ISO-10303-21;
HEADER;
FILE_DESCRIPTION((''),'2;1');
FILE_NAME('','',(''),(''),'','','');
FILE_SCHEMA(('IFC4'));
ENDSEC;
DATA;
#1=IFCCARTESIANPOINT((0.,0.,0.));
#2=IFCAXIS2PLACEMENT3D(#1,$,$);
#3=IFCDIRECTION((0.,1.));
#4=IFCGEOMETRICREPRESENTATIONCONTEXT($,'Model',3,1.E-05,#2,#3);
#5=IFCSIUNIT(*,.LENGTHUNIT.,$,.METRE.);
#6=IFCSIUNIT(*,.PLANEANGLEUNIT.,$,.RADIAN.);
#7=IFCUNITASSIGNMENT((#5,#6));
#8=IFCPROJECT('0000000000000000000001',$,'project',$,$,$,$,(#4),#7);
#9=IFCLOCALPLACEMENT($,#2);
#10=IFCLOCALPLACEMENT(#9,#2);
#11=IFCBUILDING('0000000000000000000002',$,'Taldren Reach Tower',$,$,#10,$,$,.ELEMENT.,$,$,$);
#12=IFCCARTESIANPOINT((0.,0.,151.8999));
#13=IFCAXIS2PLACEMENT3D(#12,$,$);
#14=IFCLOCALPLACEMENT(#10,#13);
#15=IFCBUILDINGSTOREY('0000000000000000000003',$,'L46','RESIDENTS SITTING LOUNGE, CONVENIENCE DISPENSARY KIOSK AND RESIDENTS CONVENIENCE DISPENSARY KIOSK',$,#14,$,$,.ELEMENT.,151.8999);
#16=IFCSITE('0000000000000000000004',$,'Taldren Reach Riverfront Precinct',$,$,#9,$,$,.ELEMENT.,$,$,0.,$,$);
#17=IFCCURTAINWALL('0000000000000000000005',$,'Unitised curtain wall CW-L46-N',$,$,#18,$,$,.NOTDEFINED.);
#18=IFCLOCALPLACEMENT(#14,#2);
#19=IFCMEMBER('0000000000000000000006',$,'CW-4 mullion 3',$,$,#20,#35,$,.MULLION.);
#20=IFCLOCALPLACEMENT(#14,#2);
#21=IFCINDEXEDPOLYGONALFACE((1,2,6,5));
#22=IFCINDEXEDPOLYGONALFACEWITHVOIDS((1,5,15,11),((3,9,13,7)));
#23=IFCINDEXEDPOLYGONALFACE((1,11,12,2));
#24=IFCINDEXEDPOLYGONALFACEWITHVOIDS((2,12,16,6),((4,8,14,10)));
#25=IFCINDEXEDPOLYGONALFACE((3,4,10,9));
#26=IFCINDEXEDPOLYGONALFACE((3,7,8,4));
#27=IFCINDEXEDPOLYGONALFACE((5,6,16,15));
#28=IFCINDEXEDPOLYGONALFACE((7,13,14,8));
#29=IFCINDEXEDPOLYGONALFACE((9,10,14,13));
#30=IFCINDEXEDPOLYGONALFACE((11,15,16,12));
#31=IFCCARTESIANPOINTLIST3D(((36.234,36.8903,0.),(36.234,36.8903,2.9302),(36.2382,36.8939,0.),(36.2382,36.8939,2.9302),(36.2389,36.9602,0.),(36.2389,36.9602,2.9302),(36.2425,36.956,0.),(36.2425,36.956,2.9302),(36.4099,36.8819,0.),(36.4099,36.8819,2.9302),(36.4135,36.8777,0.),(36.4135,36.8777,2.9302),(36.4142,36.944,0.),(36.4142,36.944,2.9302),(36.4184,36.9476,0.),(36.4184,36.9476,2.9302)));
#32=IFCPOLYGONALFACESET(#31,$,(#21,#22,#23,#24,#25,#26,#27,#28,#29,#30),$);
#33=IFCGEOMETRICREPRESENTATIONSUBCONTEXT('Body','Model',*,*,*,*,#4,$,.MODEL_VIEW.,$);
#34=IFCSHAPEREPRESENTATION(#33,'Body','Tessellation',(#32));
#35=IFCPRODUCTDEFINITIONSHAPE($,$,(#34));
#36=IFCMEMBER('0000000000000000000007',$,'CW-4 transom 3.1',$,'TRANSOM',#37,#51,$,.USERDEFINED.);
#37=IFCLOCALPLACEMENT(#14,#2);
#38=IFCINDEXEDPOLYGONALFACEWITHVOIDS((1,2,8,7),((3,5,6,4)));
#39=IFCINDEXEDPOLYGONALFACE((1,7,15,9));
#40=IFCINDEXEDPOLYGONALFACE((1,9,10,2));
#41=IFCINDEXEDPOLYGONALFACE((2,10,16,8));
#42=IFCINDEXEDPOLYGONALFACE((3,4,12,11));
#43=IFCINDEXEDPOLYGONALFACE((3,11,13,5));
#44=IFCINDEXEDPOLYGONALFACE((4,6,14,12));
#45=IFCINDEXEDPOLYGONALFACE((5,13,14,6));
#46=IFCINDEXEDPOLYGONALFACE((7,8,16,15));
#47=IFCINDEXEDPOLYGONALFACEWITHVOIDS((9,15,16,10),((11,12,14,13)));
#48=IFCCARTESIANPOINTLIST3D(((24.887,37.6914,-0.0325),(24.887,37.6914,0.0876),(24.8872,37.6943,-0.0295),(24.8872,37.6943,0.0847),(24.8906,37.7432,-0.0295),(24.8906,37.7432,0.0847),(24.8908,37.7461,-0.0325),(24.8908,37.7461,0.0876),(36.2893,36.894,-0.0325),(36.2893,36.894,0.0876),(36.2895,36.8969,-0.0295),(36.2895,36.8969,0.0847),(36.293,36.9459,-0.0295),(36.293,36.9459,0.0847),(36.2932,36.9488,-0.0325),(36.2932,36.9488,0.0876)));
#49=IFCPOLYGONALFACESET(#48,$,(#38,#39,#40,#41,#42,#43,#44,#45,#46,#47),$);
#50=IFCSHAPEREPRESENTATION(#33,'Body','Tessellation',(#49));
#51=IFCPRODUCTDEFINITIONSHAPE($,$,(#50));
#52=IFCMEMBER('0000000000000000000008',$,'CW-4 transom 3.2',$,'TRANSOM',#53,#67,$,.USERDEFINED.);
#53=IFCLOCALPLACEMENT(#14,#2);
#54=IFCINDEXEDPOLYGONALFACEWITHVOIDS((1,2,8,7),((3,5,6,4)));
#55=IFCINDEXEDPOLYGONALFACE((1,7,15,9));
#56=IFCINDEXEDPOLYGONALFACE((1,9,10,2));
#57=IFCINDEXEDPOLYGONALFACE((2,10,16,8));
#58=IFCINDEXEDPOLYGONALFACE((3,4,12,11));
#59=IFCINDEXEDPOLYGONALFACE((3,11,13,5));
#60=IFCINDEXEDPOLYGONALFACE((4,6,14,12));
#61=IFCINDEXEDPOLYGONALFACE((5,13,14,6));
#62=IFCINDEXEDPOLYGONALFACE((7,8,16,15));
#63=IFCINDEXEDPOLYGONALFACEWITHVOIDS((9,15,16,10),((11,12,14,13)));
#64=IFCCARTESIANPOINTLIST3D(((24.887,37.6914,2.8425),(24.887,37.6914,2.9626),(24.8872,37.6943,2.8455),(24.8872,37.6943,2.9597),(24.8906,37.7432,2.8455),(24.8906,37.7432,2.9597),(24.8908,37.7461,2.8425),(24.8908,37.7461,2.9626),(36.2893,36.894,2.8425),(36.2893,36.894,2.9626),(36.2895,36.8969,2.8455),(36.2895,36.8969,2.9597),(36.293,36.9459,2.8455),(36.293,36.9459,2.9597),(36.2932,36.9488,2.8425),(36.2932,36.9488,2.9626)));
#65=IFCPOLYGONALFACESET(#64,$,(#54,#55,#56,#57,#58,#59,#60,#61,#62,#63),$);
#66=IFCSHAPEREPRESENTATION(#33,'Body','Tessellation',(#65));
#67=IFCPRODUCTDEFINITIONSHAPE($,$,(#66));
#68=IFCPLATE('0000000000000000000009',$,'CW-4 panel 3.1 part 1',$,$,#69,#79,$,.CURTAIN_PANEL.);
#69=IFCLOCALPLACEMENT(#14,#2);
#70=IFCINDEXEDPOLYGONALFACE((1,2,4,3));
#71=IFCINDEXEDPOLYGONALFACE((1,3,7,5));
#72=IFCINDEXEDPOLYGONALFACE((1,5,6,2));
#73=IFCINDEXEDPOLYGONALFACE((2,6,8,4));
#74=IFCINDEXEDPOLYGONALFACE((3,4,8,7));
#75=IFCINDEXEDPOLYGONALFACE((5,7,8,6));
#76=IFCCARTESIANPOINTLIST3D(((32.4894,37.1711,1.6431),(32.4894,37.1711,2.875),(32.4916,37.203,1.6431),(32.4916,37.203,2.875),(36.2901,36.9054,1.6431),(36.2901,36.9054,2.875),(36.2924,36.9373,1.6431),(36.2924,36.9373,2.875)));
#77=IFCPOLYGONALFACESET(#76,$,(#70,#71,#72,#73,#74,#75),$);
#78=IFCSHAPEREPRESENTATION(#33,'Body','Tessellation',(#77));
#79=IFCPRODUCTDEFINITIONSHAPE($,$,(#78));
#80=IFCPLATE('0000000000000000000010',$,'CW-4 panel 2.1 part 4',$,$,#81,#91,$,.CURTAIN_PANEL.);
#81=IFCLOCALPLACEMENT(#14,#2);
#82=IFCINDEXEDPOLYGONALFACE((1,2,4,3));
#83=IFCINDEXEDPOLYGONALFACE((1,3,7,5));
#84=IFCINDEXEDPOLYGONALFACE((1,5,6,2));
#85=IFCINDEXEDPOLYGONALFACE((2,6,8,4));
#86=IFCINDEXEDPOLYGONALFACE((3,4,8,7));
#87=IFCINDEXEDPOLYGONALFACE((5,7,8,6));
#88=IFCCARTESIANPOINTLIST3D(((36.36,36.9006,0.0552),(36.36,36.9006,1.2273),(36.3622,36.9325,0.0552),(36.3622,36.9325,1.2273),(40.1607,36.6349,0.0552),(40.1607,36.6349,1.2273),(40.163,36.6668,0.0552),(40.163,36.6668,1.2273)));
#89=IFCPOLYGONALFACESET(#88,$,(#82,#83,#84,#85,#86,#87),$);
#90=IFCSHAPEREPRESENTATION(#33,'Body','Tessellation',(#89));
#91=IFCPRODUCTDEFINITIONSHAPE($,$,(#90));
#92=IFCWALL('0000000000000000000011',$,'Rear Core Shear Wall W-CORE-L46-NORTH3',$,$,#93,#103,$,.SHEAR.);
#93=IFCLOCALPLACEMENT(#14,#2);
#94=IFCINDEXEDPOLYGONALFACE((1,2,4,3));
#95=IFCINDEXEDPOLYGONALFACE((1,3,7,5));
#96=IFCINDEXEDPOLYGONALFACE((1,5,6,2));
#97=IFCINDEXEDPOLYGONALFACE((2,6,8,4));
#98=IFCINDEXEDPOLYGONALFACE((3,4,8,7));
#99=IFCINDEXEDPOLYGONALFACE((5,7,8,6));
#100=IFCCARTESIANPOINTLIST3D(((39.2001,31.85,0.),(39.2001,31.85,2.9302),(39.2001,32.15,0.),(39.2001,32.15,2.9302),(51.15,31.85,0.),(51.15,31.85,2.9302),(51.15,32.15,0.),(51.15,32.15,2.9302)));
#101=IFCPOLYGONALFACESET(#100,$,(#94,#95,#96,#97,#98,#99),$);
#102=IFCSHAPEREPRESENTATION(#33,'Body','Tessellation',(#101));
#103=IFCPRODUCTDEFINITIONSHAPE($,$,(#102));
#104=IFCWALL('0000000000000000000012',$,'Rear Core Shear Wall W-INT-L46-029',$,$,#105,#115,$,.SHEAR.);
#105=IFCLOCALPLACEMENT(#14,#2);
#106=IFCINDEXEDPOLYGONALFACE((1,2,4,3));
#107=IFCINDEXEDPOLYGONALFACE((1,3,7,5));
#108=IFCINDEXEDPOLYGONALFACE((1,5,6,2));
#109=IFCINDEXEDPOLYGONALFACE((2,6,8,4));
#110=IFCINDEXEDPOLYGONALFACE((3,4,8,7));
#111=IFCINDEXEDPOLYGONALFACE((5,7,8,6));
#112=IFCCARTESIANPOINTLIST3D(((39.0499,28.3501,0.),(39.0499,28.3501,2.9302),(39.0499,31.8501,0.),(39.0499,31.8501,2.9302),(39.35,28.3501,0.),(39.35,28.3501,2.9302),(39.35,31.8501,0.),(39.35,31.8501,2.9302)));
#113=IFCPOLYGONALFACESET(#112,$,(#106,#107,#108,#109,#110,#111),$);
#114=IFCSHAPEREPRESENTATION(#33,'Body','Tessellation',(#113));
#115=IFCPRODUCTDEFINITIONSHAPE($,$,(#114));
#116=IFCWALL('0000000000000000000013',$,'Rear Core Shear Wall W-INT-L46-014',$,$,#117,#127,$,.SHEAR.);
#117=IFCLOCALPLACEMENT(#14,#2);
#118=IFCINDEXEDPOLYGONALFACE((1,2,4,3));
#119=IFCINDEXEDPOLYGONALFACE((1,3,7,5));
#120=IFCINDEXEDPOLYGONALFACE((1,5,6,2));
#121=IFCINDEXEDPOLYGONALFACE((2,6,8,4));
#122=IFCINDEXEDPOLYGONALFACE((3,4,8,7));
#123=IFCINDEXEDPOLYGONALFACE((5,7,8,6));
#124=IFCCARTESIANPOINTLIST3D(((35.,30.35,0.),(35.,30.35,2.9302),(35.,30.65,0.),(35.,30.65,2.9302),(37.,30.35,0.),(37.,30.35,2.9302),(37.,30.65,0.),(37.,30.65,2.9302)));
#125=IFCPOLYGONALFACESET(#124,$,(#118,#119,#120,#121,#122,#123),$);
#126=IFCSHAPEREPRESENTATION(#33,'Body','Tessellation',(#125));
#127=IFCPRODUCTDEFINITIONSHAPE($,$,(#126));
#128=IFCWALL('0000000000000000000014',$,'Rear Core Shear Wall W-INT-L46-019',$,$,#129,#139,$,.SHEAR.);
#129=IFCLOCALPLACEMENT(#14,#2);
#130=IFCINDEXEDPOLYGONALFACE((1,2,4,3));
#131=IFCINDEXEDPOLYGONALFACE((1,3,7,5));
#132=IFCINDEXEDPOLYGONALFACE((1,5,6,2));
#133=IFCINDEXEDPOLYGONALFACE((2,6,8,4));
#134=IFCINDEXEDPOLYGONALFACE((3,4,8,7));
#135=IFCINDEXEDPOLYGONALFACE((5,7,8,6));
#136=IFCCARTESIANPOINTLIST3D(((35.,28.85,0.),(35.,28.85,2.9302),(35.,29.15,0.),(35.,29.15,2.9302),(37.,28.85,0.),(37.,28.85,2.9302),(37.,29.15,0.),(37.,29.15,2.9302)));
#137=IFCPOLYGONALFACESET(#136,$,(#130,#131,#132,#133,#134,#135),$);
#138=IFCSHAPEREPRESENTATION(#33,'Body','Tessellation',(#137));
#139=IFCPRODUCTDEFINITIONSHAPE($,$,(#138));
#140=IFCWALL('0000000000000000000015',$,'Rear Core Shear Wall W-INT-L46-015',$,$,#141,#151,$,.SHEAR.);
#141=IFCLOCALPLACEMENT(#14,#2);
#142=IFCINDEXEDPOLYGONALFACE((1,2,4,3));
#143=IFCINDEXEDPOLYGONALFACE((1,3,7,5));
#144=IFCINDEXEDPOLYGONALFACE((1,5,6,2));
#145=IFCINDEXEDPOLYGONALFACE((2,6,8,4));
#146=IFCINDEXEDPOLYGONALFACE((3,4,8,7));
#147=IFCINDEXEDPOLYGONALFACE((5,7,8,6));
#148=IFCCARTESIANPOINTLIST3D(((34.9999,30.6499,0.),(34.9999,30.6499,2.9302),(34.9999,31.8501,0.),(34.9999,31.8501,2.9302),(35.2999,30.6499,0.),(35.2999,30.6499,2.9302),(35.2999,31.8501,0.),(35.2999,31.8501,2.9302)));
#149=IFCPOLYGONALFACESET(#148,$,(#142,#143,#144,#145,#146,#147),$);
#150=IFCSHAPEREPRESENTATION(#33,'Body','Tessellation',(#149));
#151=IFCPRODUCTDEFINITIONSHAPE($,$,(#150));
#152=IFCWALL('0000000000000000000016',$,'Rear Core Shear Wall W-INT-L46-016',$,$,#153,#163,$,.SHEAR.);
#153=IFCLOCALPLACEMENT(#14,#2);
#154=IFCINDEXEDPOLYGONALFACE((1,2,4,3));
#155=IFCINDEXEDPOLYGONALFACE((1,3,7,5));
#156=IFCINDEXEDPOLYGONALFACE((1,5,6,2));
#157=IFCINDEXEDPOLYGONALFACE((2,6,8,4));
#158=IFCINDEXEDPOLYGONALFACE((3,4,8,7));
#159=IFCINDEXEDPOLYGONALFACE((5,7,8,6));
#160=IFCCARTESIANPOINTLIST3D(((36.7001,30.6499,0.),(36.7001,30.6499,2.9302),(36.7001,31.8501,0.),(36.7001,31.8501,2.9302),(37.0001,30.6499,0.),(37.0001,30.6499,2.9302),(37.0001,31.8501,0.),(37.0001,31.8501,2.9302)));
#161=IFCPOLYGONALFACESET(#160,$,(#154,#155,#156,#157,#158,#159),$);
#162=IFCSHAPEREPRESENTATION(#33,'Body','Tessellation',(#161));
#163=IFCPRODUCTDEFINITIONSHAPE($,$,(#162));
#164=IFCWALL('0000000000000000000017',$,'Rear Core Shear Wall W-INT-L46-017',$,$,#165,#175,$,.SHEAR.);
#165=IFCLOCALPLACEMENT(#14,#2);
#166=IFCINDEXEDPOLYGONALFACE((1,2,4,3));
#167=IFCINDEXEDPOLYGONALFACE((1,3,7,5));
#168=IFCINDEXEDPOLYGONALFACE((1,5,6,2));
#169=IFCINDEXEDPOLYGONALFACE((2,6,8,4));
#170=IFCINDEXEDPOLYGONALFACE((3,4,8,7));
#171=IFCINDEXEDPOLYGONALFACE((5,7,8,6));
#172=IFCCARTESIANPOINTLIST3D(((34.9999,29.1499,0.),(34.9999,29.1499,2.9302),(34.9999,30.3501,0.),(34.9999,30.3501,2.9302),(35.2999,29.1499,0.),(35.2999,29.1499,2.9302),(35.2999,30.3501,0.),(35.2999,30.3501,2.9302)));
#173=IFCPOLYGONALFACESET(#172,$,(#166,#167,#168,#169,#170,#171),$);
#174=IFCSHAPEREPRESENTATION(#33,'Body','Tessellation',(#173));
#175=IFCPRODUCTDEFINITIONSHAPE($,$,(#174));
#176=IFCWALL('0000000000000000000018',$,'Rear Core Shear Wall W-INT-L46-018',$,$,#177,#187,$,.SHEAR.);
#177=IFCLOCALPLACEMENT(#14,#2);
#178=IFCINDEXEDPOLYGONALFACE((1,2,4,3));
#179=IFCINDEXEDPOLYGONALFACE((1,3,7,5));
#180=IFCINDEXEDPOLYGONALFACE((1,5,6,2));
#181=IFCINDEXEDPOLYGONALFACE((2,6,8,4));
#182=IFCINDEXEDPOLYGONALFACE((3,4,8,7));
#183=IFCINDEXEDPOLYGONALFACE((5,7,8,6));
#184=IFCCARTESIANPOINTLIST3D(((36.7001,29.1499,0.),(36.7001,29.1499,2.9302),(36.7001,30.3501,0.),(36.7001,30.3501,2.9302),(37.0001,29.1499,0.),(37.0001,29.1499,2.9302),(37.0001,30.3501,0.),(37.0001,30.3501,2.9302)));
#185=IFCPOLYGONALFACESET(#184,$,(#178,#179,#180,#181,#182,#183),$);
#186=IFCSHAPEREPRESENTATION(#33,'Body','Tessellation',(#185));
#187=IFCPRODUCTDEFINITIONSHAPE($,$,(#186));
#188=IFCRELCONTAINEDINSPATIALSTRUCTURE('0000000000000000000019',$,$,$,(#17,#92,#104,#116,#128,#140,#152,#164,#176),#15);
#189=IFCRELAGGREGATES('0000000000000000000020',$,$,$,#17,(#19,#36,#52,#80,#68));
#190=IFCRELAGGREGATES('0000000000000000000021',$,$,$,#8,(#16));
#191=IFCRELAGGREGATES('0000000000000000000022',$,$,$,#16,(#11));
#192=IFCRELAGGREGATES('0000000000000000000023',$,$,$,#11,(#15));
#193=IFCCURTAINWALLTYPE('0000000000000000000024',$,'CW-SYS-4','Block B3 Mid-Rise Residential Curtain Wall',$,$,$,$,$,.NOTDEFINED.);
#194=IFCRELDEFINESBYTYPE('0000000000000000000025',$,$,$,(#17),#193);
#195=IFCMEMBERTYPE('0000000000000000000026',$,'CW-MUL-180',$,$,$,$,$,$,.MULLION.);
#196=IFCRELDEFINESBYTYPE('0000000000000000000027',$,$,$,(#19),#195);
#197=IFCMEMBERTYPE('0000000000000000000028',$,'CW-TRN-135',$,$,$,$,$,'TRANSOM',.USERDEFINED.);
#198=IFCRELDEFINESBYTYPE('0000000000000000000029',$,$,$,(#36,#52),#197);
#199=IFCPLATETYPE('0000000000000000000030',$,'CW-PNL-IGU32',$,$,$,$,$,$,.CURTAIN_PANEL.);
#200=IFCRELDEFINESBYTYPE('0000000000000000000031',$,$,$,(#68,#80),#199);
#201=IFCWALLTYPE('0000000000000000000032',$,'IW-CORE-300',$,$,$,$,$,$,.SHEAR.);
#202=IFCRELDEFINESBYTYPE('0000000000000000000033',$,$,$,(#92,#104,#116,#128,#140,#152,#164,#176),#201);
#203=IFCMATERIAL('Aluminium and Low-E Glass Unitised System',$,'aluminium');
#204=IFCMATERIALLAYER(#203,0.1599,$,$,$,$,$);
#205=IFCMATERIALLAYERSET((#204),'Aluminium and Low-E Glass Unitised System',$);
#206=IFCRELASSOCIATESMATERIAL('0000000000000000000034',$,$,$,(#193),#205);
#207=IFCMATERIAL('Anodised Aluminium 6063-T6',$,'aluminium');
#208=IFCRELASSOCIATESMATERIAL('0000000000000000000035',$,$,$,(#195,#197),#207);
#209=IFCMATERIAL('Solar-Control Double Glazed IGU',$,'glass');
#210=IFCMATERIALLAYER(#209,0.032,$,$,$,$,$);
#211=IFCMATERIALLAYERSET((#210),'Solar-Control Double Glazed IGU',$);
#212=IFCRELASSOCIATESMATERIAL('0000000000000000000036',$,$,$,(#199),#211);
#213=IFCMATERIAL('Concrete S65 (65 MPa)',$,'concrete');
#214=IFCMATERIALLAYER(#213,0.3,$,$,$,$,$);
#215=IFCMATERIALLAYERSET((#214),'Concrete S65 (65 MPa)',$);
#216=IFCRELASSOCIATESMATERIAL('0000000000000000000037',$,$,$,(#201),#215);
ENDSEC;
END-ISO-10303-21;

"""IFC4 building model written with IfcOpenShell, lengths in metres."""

from ifc_helpers import new_model, si_unit, direction, frame, frame_2d, origin, origin_2d, place, context, subcontext, project, spatial, rectangle, hollow_rectangle, extrude, source, transform, mapped, material, layer, layer_set, material_profile, profile_set, type_object, element, aggregate, save


model = new_model("IFC4")

# Units and contexts
model_context = context("Model", 3, precision=1e-05, world=origin(), true_north=direction((0.0, 1.0)))
body_context = subcontext(model_context, "Body", "Model", "MODEL_VIEW")
ifc_project = project(units=[si_unit("LENGTHUNIT", "METRE"), si_unit("PLANEANGLEUNIT", "RADIAN")], contexts=[model_context])

# Site, building, storey
site_placement = place(None, origin())
site = spatial("IfcSite", under=ifc_project, at=site_placement, Name="Taldren Reach Riverfront Precinct", CompositionType="ELEMENT", RefElevation=0.0)
building_placement = place(site_placement, origin())
building = spatial("IfcBuilding", under=site, at=building_placement, Name="Taldren Reach Tower", CompositionType="ELEMENT")
storey_placement = place(building_placement, frame((0.0, 0.0, 151.8999)))
storey = spatial("IfcBuildingStorey", under=building, at=storey_placement, Name="L46", Description="RESIDENTS SITTING LOUNGE, CONVENIENCE DISPENSARY KIOSK AND RESIDENTS CONVENIENCE DISPENSARY KIOSK", CompositionType="ELEMENT", Elevation=151.8999)

# Curtain wall, members, plates
ifc_material_1 = material(Name="Aluminium and Low-E Glass Unitised System", Category="aluminium")
ifc_layer_1 = layer(ifc_material_1, 0.1599)
ifc_layer_set_1 = layer_set([ifc_layer_1], Name="Aluminium and Low-E Glass Unitised System")
curtain_wall_type = type_object("IfcCurtainWallType", Name="CW-SYS-4", Description="Block B3 Mid-Rise Residential Curtain Wall", PredefinedType="NOTDEFINED", material=ifc_layer_set_1)
curtain_wall_placement = place(storey_placement, origin())
curtain_wall = element("IfcCurtainWall", 1, at=curtain_wall_placement, inside=storey, type_object=curtain_wall_type, Name="Unitised curtain wall CW-L46-N", PredefinedType="NOTDEFINED")
ifc_material_2 = material(Name="Anodised Aluminium 6063-T6", Category="aluminium")
ifc_material_profile_1 = material_profile(ifc_material_2, hollow_rectangle(XDim=0.0701, YDim=0.1799, WallThickness=0.0039, at=origin_2d()), Name="ALU-180x70x4RHS")
ifc_profile_set_1 = profile_set([ifc_material_profile_1], Name="Anodised Aluminium 6063-T6")
member_type_1 = type_object("IfcMemberType", Name="CW-MUL-180", PredefinedType="MULLION", material=ifc_profile_set_1)
shared_shape_1 = source(origin(), body_context, "Body", "SweptSolid", [
    extrude(hollow_rectangle(XDim=0.0701, YDim=0.1799, WallThickness=0.0039, at=origin_2d()), origin(), (0.0, 0.0, 1.0), 2.9302),
])
member_1_placement = place(storey_placement, frame((36.3262, 36.9189, 0.0), z_axis=(0.0, 0.0, 1.0), x_axis=(-0.069757, -0.997564, 0.0)))
member_1 = element("IfcMember", 2, at=member_1_placement, type_object=member_type_1, Name="CW-4 mullion 3", PredefinedType="MULLION", context=body_context, shape_type="MappedRepresentation", body=[
    mapped(shared_shape_1, transform((0.0, 0.0, 0.0), scale=1.0)),
])
ifc_material_profile_2 = material_profile(ifc_material_2, hollow_rectangle(XDim=0.0549, YDim=0.1201, WallThickness=0.0029, at=origin_2d()), Name="ALU-120x55x3RHS")
ifc_profile_set_2 = profile_set([ifc_material_profile_2], Name="Anodised Aluminium 6063-T6")
member_type_2 = type_object("IfcMemberType", Name="CW-TRN-135", ElementType="TRANSOM", PredefinedType="USERDEFINED", material=ifc_profile_set_2)
shared_shape_2 = source(origin(), body_context, "Body", "SweptSolid", [
    extrude(hollow_rectangle(XDim=0.0549, YDim=0.1201, WallThickness=0.0029, at=origin_2d()), origin(), (0.0, 0.0, 1.0), 11.4302),
])
member_2_placement = place(storey_placement, frame((36.2913, 36.9214, 0.0276), z_axis=(-0.997564, 0.069759, 0.0), x_axis=(-0.069759, -0.997564, 0.0)))
member_2 = element("IfcMember", 3, at=member_2_placement, type_object=member_type_2, Name="CW-4 transom 3.1", ObjectType="TRANSOM", PredefinedType="USERDEFINED", context=body_context, shape_type="MappedRepresentation", body=[
    mapped(shared_shape_2, transform((0.0, 0.0, 0.0), scale=1.0)),
])
member_3_placement = place(storey_placement, frame((36.2913, 36.9214, 2.9026), z_axis=(-0.997564, 0.069759, 0.0), x_axis=(-0.069759, -0.997564, 0.0)))
member_3 = element("IfcMember", 4, at=member_3_placement, type_object=member_type_2, Name="CW-4 transom 3.2", ObjectType="TRANSOM", PredefinedType="USERDEFINED", context=body_context, shape_type="MappedRepresentation", body=[
    mapped(shared_shape_2, transform((0.0, 0.0, 0.0), scale=1.0)),
])
ifc_material_3 = material(Name="Solar-Control Double Glazed IGU", Category="glass")
ifc_layer_2 = layer(ifc_material_3, 0.032)
ifc_layer_set_2 = layer_set([ifc_layer_2], Name="Solar-Control Double Glazed IGU")
plate_type = type_object("IfcPlateType", Name="CW-PNL-IGU32", PredefinedType="CURTAIN_PANEL", material=ifc_layer_set_2)
shared_shape_3 = source(origin(), body_context, "Body", "SweptSolid", [
    extrude(rectangle(XDim=3.8101, YDim=0.032, at=origin_2d()), origin(), (0.0, 0.0, 1.0), 1.2319),
])
plate_1_placement = place(storey_placement, frame((34.3909, 37.0542, 1.6431), z_axis=(0.0, 0.0, 1.0), x_axis=(-0.997564, 0.069757, 0.0)))
plate_1 = element("IfcPlate", 5, at=plate_1_placement, type_object=plate_type, Name="CW-4 panel 3.1 part 1", PredefinedType="CURTAIN_PANEL", context=body_context, shape_type="MappedRepresentation", body=[
    mapped(shared_shape_3, transform((0.0, 0.0, 0.0), scale=1.0)),
])
shared_shape_4 = source(origin(), body_context, "Body", "SweptSolid", [
    extrude(rectangle(XDim=3.8101, YDim=0.032, at=origin_2d()), origin(), (0.0, 0.0, 1.0), 1.1721),
])
plate_2_placement = place(storey_placement, frame((38.2615, 36.7837, 0.0552), z_axis=(0.0, 0.0, 1.0), x_axis=(-0.997564, 0.069757, 0.0)))
plate_2 = element("IfcPlate", 6, at=plate_2_placement, type_object=plate_type, Name="CW-4 panel 2.1 part 4", PredefinedType="CURTAIN_PANEL", context=body_context, shape_type="MappedRepresentation", body=[
    mapped(shared_shape_4, transform((0.0, 0.0, 0.0), scale=1.0)),
])
aggregate(curtain_wall, [member_1, member_2, member_3, plate_2, plate_1])

# Walls
ifc_material_4 = material(Name="Concrete S65 (65 MPa)", Category="concrete")
ifc_layer_3 = layer(ifc_material_4, 0.3)
ifc_layer_set_3 = layer_set([ifc_layer_3], Name="Concrete S65 (65 MPa)")
wall_type_1 = type_object("IfcWallType", Name="IW-CORE-300", PredefinedType="SHEAR", material=ifc_layer_set_3)
shared_shape_5 = source(origin(), body_context, "Body", "SweptSolid", [
    extrude(rectangle(XDim=11.95, YDim=0.3, at=frame_2d((5.9751, 0.0))), origin(), (0.0, 0.0, 1.0), 2.9302),
])
wall_1_placement = place(storey_placement, frame((39.2, 32.0, 0.0), z_axis=(0.0, 0.0, 1.0), x_axis=(1.0, 0.0, 0.0)))
element("IfcWall", 7, at=wall_1_placement, inside=storey, type_object=wall_type_1, Name="Rear Core Shear Wall W-CORE-L46-NORTH3", PredefinedType="SHEAR", context=body_context, shape_type="MappedRepresentation", body=[
    mapped(shared_shape_5, transform((0.0, 0.0, 0.0), scale=1.0)),
])
shared_shape_6 = source(origin(), body_context, "Body", "SweptSolid", [
    extrude(rectangle(XDim=3.5, YDim=0.3, at=frame_2d((1.75, 0.0))), origin(), (0.0, 0.0, 1.0), 2.9302),
])
wall_2_placement = place(storey_placement, frame((39.2, 28.3501, 0.0), z_axis=(0.0, 0.0, 1.0), x_axis=(0.0, 1.0, 0.0)))
element("IfcWall", 8, at=wall_2_placement, inside=storey, type_object=wall_type_1, Name="Rear Core Shear Wall W-INT-L46-029", PredefinedType="SHEAR", context=body_context, shape_type="MappedRepresentation", body=[
    mapped(shared_shape_6, transform((0.0, 0.0, 0.0), scale=1.0)),
])
shared_shape_7 = source(origin(), body_context, "Body", "SweptSolid", [
    extrude(rectangle(XDim=2.0, YDim=0.3, at=frame_2d((1.0, 0.0))), origin(), (0.0, 0.0, 1.0), 2.9302),
])
for number, where, z_axis, x_axis, name in (
    (9, (35.0, 30.5, 0.0), (0.0, 0.0, 1.0), (1.0, 0.0, 0.0), "Rear Core Shear Wall W-INT-L46-014"),
    (10, (35.0, 29.0, 0.0), (0.0, 0.0, 1.0), (1.0, 0.0, 0.0), "Rear Core Shear Wall W-INT-L46-019"),
):
    element("IfcWall", number, at=place(storey_placement, frame(where, z_axis=z_axis, x_axis=x_axis)), inside=storey, type_object=wall_type_1, Name=name, PredefinedType="SHEAR", context=body_context, shape_type="MappedRepresentation", body=[
        mapped(shared_shape_7, transform((0.0, 0.0, 0.0), scale=1.0)),
    ])
shared_shape_8 = source(origin(), body_context, "Body", "SweptSolid", [
    extrude(rectangle(XDim=1.2002, YDim=0.3, at=frame_2d((0.6001, 0.0))), origin(), (0.0, 0.0, 1.0), 2.9302),
])
for number, where, z_axis, x_axis, name in (
    (11, (35.1499, 31.8501, 0.0), (0.0, 0.0, 1.0), (0.0, -1.0, 0.0), "Rear Core Shear Wall W-INT-L46-015"),
    (12, (36.8501, 30.6499, 0.0), (0.0, 0.0, 1.0), (0.0, 1.0, 0.0), "Rear Core Shear Wall W-INT-L46-016"),
    (13, (35.1499, 30.3501, 0.0), (0.0, 0.0, 1.0), (0.0, -1.0, 0.0), "Rear Core Shear Wall W-INT-L46-017"),
    (14, (36.8501, 29.1499, 0.0), (0.0, 0.0, 1.0), (0.0, 1.0, 0.0), "Rear Core Shear Wall W-INT-L46-018"),
):
    element("IfcWall", number, at=place(storey_placement, frame(where, z_axis=z_axis, x_axis=x_axis)), inside=storey, type_object=wall_type_1, Name=name, PredefinedType="SHEAR", context=body_context, shape_type="MappedRepresentation", body=[
        mapped(shared_shape_8, transform((0.0, 0.0, 0.0), scale=1.0)),
    ])

save(model, "model.ifc")
